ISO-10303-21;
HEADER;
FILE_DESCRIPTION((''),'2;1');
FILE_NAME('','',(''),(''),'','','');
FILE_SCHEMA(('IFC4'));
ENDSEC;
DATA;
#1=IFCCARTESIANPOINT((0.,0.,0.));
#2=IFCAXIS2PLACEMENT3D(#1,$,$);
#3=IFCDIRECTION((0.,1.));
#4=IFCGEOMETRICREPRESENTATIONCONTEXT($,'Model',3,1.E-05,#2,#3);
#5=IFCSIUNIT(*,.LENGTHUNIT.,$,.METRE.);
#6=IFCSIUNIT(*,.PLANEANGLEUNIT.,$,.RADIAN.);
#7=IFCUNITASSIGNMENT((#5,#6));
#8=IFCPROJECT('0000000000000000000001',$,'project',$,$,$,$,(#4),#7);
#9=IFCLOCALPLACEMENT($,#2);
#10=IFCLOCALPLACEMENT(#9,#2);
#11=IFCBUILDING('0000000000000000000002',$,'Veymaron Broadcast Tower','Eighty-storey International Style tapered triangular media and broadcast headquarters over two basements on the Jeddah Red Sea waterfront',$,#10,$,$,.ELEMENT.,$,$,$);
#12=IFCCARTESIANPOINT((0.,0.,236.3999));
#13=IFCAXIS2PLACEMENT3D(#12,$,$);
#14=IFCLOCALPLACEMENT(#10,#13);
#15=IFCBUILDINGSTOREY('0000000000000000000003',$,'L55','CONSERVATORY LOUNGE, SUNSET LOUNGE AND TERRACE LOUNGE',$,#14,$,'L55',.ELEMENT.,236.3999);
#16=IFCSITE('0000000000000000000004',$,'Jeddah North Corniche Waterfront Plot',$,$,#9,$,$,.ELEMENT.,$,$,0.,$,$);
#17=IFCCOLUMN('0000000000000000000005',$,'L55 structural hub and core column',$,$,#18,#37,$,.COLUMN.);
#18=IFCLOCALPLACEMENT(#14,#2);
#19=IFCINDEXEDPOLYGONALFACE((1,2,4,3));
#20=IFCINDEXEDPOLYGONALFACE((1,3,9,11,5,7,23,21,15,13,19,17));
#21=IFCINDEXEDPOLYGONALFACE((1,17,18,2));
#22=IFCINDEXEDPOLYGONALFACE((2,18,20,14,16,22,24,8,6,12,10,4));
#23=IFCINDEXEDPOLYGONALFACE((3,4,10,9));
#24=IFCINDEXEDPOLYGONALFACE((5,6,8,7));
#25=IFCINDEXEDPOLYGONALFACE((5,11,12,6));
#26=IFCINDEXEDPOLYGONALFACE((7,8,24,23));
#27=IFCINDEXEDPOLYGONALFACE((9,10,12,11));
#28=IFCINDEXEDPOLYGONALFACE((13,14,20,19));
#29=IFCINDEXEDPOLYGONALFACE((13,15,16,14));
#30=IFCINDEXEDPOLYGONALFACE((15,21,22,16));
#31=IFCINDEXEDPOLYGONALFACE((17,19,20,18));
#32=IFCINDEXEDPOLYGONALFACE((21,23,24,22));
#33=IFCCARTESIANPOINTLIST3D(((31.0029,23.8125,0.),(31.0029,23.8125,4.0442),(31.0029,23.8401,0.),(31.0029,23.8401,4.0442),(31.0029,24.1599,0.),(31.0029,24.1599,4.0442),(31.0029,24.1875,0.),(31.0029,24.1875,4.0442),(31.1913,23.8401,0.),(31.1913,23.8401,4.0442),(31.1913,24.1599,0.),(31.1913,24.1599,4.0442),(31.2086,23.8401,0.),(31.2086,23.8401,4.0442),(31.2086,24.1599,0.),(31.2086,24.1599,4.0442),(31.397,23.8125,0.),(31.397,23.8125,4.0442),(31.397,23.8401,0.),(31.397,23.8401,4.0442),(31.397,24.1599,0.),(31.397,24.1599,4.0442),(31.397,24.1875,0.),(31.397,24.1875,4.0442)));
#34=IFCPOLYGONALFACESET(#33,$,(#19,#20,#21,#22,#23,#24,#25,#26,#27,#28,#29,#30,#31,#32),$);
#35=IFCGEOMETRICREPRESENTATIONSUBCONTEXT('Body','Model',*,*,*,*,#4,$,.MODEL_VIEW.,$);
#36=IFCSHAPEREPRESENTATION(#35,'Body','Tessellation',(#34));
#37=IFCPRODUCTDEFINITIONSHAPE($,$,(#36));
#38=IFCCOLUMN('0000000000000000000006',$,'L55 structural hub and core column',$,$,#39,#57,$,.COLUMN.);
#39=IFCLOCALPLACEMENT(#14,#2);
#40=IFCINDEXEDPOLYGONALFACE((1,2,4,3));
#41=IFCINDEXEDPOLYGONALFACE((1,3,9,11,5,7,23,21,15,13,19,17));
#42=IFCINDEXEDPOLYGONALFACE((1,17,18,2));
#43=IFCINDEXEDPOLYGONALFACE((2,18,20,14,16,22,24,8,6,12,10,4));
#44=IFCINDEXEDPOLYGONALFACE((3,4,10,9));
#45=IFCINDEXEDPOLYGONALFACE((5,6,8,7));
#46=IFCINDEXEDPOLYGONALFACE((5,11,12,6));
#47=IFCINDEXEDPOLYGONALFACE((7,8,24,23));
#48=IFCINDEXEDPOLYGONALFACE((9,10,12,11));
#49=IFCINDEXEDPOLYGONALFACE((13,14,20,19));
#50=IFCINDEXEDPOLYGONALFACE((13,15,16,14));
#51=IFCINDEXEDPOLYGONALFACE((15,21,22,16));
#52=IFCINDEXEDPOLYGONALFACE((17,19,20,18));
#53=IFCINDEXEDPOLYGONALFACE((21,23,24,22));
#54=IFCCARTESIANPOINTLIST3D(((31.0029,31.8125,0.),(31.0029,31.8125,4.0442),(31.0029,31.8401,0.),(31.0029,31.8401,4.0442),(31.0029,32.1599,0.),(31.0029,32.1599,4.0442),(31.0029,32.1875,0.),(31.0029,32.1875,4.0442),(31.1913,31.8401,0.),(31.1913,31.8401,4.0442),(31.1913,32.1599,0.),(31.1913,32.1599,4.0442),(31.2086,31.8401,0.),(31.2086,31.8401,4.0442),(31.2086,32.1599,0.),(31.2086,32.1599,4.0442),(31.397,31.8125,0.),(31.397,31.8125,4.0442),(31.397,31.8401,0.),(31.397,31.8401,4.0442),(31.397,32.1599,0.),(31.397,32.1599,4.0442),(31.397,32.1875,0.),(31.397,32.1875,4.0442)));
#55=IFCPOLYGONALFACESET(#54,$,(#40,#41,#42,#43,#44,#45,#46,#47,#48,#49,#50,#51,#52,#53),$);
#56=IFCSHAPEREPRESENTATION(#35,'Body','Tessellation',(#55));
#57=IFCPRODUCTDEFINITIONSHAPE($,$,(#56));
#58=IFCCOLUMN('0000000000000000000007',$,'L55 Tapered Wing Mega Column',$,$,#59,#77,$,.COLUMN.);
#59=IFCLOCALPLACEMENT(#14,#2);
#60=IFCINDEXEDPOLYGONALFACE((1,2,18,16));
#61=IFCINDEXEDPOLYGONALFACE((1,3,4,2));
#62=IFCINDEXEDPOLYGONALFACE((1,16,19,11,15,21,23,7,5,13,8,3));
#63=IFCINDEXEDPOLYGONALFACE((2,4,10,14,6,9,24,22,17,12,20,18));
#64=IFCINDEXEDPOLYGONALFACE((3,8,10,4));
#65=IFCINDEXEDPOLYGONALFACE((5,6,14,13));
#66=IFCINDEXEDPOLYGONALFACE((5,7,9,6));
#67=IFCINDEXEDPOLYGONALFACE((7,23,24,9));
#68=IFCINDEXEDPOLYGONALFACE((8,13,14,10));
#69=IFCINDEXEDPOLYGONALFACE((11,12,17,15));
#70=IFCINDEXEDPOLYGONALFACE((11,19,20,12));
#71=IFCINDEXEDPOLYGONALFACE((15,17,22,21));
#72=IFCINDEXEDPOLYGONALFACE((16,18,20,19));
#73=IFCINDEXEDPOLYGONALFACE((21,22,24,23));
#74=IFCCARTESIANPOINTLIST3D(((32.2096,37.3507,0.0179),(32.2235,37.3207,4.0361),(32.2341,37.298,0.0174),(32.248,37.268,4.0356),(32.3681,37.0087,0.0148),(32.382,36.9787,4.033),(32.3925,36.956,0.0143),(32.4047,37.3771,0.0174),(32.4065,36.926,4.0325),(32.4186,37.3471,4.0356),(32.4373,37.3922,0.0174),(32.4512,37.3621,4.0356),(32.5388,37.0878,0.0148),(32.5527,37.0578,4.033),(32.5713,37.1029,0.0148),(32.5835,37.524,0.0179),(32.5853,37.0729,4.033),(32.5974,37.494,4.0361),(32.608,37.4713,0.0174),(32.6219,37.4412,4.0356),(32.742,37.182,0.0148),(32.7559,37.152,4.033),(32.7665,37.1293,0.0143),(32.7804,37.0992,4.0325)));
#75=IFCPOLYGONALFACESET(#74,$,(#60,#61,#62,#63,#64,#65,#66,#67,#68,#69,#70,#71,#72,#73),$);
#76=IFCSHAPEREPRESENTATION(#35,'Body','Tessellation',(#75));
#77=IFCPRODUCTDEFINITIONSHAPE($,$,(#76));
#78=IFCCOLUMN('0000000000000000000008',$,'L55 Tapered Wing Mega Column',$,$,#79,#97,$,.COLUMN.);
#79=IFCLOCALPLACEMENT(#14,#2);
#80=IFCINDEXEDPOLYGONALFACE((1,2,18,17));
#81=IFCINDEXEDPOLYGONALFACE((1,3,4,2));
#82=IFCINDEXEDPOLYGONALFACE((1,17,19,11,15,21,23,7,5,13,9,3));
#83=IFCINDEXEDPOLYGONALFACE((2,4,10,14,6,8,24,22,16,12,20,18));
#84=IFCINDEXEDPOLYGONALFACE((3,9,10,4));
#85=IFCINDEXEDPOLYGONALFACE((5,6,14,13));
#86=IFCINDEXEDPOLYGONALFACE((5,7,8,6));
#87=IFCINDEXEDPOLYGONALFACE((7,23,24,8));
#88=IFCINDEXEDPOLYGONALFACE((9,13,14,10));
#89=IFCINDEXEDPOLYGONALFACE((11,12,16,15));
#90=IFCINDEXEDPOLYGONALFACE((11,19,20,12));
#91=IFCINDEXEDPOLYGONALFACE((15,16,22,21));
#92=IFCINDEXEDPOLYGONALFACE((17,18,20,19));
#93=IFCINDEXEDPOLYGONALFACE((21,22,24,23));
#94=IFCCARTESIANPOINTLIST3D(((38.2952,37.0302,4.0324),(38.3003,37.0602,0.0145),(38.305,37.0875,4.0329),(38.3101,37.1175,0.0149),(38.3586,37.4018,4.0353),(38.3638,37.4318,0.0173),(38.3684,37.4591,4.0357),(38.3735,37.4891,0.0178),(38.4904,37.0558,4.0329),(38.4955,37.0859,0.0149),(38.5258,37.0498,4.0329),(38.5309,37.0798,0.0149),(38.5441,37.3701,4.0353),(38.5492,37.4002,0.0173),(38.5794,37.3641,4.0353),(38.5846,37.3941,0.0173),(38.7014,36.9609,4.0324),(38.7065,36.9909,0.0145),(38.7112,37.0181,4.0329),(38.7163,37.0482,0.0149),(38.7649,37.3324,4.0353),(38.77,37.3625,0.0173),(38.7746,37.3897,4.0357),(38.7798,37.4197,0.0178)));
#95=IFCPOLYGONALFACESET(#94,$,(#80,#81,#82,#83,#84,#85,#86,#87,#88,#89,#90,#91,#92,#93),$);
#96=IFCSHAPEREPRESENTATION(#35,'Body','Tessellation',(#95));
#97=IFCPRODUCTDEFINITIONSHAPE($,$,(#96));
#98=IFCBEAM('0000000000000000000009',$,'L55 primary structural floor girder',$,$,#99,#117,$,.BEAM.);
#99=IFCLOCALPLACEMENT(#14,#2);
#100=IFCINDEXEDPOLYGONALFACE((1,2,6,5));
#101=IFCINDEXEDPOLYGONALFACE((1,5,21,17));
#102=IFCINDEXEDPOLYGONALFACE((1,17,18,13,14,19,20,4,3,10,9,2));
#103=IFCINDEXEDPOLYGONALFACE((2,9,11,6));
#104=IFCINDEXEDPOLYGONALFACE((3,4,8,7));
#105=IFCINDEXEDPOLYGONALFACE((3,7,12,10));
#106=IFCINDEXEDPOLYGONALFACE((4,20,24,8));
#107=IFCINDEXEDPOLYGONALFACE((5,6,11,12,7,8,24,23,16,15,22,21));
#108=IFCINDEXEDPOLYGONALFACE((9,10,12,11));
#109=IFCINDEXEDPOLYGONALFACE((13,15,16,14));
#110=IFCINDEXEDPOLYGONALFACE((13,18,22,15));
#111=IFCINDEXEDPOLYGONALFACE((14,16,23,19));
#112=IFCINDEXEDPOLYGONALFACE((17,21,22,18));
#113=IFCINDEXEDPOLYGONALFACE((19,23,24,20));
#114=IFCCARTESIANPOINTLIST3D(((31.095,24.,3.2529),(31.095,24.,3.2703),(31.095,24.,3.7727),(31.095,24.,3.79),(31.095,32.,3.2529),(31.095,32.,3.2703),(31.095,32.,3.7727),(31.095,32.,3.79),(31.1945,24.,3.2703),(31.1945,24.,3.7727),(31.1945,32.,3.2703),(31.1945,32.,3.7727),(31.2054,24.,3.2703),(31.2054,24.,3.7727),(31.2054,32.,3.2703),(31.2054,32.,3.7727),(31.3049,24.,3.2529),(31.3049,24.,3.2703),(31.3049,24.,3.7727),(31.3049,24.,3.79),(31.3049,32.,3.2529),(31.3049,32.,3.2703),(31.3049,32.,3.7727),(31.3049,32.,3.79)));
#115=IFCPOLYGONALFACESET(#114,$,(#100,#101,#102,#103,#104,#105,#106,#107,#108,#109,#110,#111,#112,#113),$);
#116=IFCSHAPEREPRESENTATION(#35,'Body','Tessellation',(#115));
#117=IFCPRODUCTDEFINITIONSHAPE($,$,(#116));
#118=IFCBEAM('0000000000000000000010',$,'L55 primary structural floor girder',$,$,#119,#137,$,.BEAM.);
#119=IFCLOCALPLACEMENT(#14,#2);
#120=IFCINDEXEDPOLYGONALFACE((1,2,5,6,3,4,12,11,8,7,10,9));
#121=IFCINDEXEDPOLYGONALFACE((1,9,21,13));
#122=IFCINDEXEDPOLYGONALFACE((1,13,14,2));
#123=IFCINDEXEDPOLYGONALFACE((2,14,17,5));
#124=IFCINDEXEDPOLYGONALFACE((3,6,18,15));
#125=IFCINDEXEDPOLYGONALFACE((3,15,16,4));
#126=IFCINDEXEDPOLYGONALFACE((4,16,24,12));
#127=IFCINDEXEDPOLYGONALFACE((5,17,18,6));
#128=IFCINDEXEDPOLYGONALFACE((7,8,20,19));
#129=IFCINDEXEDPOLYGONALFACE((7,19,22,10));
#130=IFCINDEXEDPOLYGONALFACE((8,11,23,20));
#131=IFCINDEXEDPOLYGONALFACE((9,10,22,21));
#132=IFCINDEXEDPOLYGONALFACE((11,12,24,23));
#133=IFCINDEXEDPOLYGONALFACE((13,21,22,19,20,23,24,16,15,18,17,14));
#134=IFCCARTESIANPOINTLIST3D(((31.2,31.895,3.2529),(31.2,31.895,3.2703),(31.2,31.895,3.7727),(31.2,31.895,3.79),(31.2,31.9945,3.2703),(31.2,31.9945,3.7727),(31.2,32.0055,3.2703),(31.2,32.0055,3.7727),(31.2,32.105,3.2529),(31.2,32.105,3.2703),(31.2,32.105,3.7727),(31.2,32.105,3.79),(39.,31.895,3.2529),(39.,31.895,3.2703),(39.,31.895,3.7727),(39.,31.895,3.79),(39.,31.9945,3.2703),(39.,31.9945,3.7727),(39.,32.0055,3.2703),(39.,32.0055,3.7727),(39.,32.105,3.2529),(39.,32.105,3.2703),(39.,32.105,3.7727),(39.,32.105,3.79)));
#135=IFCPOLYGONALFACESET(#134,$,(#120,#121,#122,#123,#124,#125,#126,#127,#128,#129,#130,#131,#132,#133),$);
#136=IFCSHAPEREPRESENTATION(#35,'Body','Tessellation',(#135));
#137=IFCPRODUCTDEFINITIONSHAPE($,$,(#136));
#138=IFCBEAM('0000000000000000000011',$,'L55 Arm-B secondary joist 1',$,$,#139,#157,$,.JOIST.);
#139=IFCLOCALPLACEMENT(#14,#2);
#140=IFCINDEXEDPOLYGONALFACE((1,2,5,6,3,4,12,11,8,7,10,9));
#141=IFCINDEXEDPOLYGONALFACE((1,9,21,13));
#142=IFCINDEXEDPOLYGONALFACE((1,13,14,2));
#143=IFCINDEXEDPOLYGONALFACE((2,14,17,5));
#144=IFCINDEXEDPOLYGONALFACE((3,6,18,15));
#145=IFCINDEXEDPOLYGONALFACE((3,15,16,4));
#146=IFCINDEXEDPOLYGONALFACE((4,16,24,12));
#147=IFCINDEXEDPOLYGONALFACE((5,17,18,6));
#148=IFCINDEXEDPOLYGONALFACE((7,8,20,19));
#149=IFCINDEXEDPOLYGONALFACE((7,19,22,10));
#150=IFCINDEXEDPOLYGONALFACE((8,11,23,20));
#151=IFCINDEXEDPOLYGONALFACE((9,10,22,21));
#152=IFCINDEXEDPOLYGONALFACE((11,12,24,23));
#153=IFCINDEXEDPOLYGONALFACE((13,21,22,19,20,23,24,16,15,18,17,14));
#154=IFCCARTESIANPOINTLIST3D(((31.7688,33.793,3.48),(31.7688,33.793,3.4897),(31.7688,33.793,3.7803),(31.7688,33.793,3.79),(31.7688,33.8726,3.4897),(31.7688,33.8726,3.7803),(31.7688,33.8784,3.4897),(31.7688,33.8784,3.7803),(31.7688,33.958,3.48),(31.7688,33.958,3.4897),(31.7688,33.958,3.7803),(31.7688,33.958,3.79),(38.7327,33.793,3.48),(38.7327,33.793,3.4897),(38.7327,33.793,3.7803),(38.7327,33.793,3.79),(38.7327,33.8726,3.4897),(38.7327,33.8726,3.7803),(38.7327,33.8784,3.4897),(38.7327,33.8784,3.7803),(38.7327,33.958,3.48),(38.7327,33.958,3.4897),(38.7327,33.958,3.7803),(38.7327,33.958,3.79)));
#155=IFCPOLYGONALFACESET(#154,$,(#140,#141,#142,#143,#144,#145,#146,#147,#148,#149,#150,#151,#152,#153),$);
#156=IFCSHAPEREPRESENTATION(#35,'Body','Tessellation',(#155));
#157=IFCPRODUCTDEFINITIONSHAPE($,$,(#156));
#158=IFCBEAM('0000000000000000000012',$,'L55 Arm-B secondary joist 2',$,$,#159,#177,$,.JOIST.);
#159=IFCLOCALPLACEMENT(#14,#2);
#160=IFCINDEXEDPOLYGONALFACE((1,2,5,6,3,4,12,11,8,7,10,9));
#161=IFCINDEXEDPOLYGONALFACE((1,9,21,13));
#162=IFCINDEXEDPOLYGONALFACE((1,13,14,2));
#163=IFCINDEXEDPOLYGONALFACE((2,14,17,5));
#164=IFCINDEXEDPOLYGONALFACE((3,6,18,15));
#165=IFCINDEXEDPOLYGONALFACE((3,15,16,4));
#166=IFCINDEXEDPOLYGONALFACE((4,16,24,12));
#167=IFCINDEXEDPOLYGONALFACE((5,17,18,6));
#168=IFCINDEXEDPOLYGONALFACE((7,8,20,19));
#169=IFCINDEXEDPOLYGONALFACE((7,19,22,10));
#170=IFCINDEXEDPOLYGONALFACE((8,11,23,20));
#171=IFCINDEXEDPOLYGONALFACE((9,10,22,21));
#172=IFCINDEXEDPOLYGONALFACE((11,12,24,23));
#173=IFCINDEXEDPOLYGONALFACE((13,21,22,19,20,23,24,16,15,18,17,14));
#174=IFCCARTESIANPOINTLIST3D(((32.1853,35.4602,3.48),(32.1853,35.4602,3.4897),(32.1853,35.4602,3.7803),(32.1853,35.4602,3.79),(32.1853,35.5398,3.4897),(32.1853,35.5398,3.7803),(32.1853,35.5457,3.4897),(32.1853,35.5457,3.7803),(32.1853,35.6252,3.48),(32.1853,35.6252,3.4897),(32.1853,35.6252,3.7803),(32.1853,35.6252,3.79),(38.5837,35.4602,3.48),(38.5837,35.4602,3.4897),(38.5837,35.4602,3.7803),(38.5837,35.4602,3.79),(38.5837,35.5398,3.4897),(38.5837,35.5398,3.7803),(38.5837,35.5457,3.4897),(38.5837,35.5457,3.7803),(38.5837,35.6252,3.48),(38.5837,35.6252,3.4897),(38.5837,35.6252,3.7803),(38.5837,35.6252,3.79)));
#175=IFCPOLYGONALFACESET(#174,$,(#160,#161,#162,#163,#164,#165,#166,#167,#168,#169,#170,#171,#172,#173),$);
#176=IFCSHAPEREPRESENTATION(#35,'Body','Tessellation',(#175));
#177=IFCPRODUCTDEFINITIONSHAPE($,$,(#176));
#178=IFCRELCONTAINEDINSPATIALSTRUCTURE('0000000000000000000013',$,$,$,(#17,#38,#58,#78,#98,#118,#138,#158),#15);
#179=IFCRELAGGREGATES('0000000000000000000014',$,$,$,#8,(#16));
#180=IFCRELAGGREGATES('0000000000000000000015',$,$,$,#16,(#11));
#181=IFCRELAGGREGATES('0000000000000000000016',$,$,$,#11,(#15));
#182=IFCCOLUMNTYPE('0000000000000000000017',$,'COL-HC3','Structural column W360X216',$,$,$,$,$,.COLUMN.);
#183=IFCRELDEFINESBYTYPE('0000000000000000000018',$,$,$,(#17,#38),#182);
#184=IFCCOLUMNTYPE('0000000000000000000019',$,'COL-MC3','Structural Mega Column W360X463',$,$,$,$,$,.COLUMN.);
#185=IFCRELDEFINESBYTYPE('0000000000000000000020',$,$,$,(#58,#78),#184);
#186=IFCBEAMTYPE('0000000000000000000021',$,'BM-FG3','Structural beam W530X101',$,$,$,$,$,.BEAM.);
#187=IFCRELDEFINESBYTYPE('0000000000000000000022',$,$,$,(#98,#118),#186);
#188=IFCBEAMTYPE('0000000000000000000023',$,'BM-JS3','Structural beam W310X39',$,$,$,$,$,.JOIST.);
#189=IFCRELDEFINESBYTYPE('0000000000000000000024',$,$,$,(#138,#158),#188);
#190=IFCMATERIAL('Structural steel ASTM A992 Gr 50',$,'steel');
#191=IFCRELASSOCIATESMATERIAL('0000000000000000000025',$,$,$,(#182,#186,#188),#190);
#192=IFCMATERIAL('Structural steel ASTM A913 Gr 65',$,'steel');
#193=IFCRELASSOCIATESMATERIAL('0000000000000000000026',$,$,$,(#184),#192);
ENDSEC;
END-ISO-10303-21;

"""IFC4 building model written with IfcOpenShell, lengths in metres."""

from ifc_helpers import new_model, si_unit, direction, frame, origin, origin_2d, place, context, subcontext, project, spatial, i_section, extrude, material, material_profile, profile_set, type_object, element, save


model = new_model("IFC4")

# Units and contexts
model_context = context("Model", 3, precision=1e-05, world=origin(), true_north=direction((0.0, 1.0)))
body_context = subcontext(model_context, "Body", "Model", "MODEL_VIEW")
ifc_project = project(units=[si_unit("LENGTHUNIT", "METRE"), si_unit("PLANEANGLEUNIT", "RADIAN")], contexts=[model_context])

# Site, building, storey
site_placement = place(None, origin())
site = spatial("IfcSite", under=ifc_project, at=site_placement, Name="Jeddah North Corniche Waterfront Plot", CompositionType="ELEMENT", RefElevation=0.0)
building_placement = place(site_placement, origin())
building = spatial("IfcBuilding", under=site, at=building_placement, Name="Veymaron Broadcast Tower", Description="Eighty-storey International Style tapered triangular media and broadcast headquarters over two basements on the Jeddah Red Sea waterfront", CompositionType="ELEMENT")
storey_placement = place(building_placement, frame((0.0, 0.0, 236.3999)))
storey = spatial("IfcBuildingStorey", under=building, at=storey_placement, Name="L55", Description="CONSERVATORY LOUNGE, SUNSET LOUNGE AND TERRACE LOUNGE", LongName="L55", CompositionType="ELEMENT", Elevation=236.3999)

# Columns
ifc_material_1 = material(Name="Structural steel ASTM A992 Gr 50", Category="steel")
ifc_material_profile_1 = material_profile(ifc_material_1, i_section(OverallWidth=0.394, OverallDepth=0.375, WebThickness=0.0173, FlangeThickness=0.0276, at=origin_2d()), Name="W360X216")
ifc_profile_set_1 = profile_set([ifc_material_profile_1], Name="Structural steel ASTM A992 Gr 50")
column_type_1 = type_object("IfcColumnType", Name="COL-HC3", Description="Structural column W360X216", PredefinedType="COLUMN", material=ifc_profile_set_1)
for number, where, z_axis, x_axis, name in (
    (1, (31.2, 24.0, 0.0), (0.0, 0.0, 1.0), (1.0, 0.0, 0.0), "L55 structural hub and core column"),
    (2, (31.2, 32.0, 0.0), (0.0, 0.0, 1.0), (1.0, 0.0, 0.0), "L55 structural hub and core column"),
):
    element("IfcColumn", number, at=place(storey_placement, frame(where, z_axis=z_axis, x_axis=x_axis)), inside=storey, type_object=column_type_1, Name=name, PredefinedType="COLUMN", context=body_context, shape_type="SweptSolid", body=[
        extrude(i_section(OverallWidth=0.394, OverallDepth=0.375, WebThickness=0.0173, FlangeThickness=0.0276, at=origin_2d()), origin(), (0.0, 0.0, 1.0), 4.0442),
    ])
ifc_material_2 = material(Name="Structural steel ASTM A913 Gr 65", Category="steel")
ifc_material_profile_2 = material_profile(ifc_material_2, i_section(OverallWidth=0.4121, OverallDepth=0.4351, WebThickness=0.0359, FlangeThickness=0.0581, at=origin_2d()), Name="W360X463")
ifc_profile_set_2 = profile_set([ifc_material_profile_2], Name="Structural steel ASTM A913 Gr 65")
column_type_2 = type_object("IfcColumnType", Name="COL-MC3", Description="Structural Mega Column W360X463", PredefinedType="COLUMN", material=ifc_profile_set_2)
column_1_placement = place(storey_placement, frame((32.488, 37.24, 0.0161), z_axis=(0.003463, -0.007473, 0.999966), x_axis=(0.907311, 0.420461, 0.0)))
element("IfcColumn", 3, at=column_1_placement, inside=storey, type_object=column_type_2, Name="L55 Tapered Wing Mega Column", PredefinedType="COLUMN", context=body_context, shape_type="SweptSolid", body=[
    extrude(i_section(OverallWidth=0.4121, OverallDepth=0.4351, WebThickness=0.0359, FlangeThickness=0.0581, at=origin_2d()), origin(), (0.0, 0.0, 1.0), 4.0183),
])
column_2_placement = place(storey_placement, frame((38.54, 37.24, 0.0161), z_axis=(-0.001276, -0.007473, 0.999971), x_axis=(0.985736, -0.168296, 0.0)))
element("IfcColumn", 4, at=column_2_placement, inside=storey, type_object=column_type_2, Name="L55 Tapered Wing Mega Column", PredefinedType="COLUMN", context=body_context, shape_type="SweptSolid", body=[
    extrude(i_section(OverallWidth=0.4121, OverallDepth=0.4351, WebThickness=0.0359, FlangeThickness=0.0581, at=origin_2d()), origin(), (0.0, 0.0, 1.0), 4.0181),
])

# Beams
ifc_material_profile_3 = material_profile(ifc_material_1, i_section(OverallWidth=0.21, OverallDepth=0.5371, WebThickness=0.011, FlangeThickness=0.0173, at=origin_2d()), Name="W530X101")
ifc_profile_set_3 = profile_set([ifc_material_profile_3], Name="Structural steel ASTM A992 Gr 50")
beam_type_1 = type_object("IfcBeamType", Name="BM-FG3", Description="Structural beam W530X101", PredefinedType="BEAM", material=ifc_profile_set_3)
beam_1_placement = place(storey_placement, frame((31.2, 24.0, 3.5215), z_axis=(0.0, 1.0, 0.0), x_axis=(-1.0, 0.0, 0.0)))
element("IfcBeam", 5, at=beam_1_placement, inside=storey, type_object=beam_type_1, Name="L55 primary structural floor girder", PredefinedType="BEAM", context=body_context, shape_type="SweptSolid", body=[
    extrude(i_section(OverallWidth=0.21, OverallDepth=0.5371, WebThickness=0.011, FlangeThickness=0.0173, at=origin_2d()), origin(), (0.0, 0.0, 1.0), 8.0),
])
beam_2_placement = place(storey_placement, frame((31.2, 32.0, 3.5215), z_axis=(1.0, 0.0, 0.0), x_axis=(0.0, 1.0, 0.0)))
element("IfcBeam", 6, at=beam_2_placement, inside=storey, type_object=beam_type_1, Name="L55 primary structural floor girder", PredefinedType="BEAM", context=body_context, shape_type="SweptSolid", body=[
    extrude(i_section(OverallWidth=0.21, OverallDepth=0.5371, WebThickness=0.011, FlangeThickness=0.0173, at=origin_2d()), origin(), (0.0, 0.0, 1.0), 7.8),
])
ifc_material_profile_4 = material_profile(ifc_material_1, i_section(OverallWidth=0.165, OverallDepth=0.3101, WebThickness=0.0059, FlangeThickness=0.0098, at=origin_2d()), Name="W310X39")
ifc_profile_set_4 = profile_set([ifc_material_profile_4], Name="Structural steel ASTM A992 Gr 50")
beam_type_2 = type_object("IfcBeamType", Name="BM-JS3", Description="Structural beam W310X39", PredefinedType="JOIST", material=ifc_profile_set_4)
beam_3_placement = place(storey_placement, frame((31.7688, 33.8755, 3.635), z_axis=(1.0, 0.0, 0.0), x_axis=(0.0, 1.0, 0.0)))
element("IfcBeam", 7, at=beam_3_placement, inside=storey, type_object=beam_type_2, Name="L55 Arm-B secondary joist 1", PredefinedType="JOIST", context=body_context, shape_type="SweptSolid", body=[
    extrude(i_section(OverallWidth=0.165, OverallDepth=0.3101, WebThickness=0.0059, FlangeThickness=0.0098, at=origin_2d()), origin(), (0.0, 0.0, 1.0), 6.9639),
])
beam_4_placement = place(storey_placement, frame((32.1853, 35.5427, 3.635), z_axis=(1.0, 0.0, 0.0), x_axis=(0.0, 1.0, 0.0)))
element("IfcBeam", 8, at=beam_4_placement, inside=storey, type_object=beam_type_2, Name="L55 Arm-B secondary joist 2", PredefinedType="JOIST", context=body_context, shape_type="SweptSolid", body=[
    extrude(i_section(OverallWidth=0.165, OverallDepth=0.3101, WebThickness=0.0059, FlangeThickness=0.0098, at=origin_2d()), origin(), (0.0, 0.0, 1.0), 6.3984),
])

save(model, "model.ifc")
